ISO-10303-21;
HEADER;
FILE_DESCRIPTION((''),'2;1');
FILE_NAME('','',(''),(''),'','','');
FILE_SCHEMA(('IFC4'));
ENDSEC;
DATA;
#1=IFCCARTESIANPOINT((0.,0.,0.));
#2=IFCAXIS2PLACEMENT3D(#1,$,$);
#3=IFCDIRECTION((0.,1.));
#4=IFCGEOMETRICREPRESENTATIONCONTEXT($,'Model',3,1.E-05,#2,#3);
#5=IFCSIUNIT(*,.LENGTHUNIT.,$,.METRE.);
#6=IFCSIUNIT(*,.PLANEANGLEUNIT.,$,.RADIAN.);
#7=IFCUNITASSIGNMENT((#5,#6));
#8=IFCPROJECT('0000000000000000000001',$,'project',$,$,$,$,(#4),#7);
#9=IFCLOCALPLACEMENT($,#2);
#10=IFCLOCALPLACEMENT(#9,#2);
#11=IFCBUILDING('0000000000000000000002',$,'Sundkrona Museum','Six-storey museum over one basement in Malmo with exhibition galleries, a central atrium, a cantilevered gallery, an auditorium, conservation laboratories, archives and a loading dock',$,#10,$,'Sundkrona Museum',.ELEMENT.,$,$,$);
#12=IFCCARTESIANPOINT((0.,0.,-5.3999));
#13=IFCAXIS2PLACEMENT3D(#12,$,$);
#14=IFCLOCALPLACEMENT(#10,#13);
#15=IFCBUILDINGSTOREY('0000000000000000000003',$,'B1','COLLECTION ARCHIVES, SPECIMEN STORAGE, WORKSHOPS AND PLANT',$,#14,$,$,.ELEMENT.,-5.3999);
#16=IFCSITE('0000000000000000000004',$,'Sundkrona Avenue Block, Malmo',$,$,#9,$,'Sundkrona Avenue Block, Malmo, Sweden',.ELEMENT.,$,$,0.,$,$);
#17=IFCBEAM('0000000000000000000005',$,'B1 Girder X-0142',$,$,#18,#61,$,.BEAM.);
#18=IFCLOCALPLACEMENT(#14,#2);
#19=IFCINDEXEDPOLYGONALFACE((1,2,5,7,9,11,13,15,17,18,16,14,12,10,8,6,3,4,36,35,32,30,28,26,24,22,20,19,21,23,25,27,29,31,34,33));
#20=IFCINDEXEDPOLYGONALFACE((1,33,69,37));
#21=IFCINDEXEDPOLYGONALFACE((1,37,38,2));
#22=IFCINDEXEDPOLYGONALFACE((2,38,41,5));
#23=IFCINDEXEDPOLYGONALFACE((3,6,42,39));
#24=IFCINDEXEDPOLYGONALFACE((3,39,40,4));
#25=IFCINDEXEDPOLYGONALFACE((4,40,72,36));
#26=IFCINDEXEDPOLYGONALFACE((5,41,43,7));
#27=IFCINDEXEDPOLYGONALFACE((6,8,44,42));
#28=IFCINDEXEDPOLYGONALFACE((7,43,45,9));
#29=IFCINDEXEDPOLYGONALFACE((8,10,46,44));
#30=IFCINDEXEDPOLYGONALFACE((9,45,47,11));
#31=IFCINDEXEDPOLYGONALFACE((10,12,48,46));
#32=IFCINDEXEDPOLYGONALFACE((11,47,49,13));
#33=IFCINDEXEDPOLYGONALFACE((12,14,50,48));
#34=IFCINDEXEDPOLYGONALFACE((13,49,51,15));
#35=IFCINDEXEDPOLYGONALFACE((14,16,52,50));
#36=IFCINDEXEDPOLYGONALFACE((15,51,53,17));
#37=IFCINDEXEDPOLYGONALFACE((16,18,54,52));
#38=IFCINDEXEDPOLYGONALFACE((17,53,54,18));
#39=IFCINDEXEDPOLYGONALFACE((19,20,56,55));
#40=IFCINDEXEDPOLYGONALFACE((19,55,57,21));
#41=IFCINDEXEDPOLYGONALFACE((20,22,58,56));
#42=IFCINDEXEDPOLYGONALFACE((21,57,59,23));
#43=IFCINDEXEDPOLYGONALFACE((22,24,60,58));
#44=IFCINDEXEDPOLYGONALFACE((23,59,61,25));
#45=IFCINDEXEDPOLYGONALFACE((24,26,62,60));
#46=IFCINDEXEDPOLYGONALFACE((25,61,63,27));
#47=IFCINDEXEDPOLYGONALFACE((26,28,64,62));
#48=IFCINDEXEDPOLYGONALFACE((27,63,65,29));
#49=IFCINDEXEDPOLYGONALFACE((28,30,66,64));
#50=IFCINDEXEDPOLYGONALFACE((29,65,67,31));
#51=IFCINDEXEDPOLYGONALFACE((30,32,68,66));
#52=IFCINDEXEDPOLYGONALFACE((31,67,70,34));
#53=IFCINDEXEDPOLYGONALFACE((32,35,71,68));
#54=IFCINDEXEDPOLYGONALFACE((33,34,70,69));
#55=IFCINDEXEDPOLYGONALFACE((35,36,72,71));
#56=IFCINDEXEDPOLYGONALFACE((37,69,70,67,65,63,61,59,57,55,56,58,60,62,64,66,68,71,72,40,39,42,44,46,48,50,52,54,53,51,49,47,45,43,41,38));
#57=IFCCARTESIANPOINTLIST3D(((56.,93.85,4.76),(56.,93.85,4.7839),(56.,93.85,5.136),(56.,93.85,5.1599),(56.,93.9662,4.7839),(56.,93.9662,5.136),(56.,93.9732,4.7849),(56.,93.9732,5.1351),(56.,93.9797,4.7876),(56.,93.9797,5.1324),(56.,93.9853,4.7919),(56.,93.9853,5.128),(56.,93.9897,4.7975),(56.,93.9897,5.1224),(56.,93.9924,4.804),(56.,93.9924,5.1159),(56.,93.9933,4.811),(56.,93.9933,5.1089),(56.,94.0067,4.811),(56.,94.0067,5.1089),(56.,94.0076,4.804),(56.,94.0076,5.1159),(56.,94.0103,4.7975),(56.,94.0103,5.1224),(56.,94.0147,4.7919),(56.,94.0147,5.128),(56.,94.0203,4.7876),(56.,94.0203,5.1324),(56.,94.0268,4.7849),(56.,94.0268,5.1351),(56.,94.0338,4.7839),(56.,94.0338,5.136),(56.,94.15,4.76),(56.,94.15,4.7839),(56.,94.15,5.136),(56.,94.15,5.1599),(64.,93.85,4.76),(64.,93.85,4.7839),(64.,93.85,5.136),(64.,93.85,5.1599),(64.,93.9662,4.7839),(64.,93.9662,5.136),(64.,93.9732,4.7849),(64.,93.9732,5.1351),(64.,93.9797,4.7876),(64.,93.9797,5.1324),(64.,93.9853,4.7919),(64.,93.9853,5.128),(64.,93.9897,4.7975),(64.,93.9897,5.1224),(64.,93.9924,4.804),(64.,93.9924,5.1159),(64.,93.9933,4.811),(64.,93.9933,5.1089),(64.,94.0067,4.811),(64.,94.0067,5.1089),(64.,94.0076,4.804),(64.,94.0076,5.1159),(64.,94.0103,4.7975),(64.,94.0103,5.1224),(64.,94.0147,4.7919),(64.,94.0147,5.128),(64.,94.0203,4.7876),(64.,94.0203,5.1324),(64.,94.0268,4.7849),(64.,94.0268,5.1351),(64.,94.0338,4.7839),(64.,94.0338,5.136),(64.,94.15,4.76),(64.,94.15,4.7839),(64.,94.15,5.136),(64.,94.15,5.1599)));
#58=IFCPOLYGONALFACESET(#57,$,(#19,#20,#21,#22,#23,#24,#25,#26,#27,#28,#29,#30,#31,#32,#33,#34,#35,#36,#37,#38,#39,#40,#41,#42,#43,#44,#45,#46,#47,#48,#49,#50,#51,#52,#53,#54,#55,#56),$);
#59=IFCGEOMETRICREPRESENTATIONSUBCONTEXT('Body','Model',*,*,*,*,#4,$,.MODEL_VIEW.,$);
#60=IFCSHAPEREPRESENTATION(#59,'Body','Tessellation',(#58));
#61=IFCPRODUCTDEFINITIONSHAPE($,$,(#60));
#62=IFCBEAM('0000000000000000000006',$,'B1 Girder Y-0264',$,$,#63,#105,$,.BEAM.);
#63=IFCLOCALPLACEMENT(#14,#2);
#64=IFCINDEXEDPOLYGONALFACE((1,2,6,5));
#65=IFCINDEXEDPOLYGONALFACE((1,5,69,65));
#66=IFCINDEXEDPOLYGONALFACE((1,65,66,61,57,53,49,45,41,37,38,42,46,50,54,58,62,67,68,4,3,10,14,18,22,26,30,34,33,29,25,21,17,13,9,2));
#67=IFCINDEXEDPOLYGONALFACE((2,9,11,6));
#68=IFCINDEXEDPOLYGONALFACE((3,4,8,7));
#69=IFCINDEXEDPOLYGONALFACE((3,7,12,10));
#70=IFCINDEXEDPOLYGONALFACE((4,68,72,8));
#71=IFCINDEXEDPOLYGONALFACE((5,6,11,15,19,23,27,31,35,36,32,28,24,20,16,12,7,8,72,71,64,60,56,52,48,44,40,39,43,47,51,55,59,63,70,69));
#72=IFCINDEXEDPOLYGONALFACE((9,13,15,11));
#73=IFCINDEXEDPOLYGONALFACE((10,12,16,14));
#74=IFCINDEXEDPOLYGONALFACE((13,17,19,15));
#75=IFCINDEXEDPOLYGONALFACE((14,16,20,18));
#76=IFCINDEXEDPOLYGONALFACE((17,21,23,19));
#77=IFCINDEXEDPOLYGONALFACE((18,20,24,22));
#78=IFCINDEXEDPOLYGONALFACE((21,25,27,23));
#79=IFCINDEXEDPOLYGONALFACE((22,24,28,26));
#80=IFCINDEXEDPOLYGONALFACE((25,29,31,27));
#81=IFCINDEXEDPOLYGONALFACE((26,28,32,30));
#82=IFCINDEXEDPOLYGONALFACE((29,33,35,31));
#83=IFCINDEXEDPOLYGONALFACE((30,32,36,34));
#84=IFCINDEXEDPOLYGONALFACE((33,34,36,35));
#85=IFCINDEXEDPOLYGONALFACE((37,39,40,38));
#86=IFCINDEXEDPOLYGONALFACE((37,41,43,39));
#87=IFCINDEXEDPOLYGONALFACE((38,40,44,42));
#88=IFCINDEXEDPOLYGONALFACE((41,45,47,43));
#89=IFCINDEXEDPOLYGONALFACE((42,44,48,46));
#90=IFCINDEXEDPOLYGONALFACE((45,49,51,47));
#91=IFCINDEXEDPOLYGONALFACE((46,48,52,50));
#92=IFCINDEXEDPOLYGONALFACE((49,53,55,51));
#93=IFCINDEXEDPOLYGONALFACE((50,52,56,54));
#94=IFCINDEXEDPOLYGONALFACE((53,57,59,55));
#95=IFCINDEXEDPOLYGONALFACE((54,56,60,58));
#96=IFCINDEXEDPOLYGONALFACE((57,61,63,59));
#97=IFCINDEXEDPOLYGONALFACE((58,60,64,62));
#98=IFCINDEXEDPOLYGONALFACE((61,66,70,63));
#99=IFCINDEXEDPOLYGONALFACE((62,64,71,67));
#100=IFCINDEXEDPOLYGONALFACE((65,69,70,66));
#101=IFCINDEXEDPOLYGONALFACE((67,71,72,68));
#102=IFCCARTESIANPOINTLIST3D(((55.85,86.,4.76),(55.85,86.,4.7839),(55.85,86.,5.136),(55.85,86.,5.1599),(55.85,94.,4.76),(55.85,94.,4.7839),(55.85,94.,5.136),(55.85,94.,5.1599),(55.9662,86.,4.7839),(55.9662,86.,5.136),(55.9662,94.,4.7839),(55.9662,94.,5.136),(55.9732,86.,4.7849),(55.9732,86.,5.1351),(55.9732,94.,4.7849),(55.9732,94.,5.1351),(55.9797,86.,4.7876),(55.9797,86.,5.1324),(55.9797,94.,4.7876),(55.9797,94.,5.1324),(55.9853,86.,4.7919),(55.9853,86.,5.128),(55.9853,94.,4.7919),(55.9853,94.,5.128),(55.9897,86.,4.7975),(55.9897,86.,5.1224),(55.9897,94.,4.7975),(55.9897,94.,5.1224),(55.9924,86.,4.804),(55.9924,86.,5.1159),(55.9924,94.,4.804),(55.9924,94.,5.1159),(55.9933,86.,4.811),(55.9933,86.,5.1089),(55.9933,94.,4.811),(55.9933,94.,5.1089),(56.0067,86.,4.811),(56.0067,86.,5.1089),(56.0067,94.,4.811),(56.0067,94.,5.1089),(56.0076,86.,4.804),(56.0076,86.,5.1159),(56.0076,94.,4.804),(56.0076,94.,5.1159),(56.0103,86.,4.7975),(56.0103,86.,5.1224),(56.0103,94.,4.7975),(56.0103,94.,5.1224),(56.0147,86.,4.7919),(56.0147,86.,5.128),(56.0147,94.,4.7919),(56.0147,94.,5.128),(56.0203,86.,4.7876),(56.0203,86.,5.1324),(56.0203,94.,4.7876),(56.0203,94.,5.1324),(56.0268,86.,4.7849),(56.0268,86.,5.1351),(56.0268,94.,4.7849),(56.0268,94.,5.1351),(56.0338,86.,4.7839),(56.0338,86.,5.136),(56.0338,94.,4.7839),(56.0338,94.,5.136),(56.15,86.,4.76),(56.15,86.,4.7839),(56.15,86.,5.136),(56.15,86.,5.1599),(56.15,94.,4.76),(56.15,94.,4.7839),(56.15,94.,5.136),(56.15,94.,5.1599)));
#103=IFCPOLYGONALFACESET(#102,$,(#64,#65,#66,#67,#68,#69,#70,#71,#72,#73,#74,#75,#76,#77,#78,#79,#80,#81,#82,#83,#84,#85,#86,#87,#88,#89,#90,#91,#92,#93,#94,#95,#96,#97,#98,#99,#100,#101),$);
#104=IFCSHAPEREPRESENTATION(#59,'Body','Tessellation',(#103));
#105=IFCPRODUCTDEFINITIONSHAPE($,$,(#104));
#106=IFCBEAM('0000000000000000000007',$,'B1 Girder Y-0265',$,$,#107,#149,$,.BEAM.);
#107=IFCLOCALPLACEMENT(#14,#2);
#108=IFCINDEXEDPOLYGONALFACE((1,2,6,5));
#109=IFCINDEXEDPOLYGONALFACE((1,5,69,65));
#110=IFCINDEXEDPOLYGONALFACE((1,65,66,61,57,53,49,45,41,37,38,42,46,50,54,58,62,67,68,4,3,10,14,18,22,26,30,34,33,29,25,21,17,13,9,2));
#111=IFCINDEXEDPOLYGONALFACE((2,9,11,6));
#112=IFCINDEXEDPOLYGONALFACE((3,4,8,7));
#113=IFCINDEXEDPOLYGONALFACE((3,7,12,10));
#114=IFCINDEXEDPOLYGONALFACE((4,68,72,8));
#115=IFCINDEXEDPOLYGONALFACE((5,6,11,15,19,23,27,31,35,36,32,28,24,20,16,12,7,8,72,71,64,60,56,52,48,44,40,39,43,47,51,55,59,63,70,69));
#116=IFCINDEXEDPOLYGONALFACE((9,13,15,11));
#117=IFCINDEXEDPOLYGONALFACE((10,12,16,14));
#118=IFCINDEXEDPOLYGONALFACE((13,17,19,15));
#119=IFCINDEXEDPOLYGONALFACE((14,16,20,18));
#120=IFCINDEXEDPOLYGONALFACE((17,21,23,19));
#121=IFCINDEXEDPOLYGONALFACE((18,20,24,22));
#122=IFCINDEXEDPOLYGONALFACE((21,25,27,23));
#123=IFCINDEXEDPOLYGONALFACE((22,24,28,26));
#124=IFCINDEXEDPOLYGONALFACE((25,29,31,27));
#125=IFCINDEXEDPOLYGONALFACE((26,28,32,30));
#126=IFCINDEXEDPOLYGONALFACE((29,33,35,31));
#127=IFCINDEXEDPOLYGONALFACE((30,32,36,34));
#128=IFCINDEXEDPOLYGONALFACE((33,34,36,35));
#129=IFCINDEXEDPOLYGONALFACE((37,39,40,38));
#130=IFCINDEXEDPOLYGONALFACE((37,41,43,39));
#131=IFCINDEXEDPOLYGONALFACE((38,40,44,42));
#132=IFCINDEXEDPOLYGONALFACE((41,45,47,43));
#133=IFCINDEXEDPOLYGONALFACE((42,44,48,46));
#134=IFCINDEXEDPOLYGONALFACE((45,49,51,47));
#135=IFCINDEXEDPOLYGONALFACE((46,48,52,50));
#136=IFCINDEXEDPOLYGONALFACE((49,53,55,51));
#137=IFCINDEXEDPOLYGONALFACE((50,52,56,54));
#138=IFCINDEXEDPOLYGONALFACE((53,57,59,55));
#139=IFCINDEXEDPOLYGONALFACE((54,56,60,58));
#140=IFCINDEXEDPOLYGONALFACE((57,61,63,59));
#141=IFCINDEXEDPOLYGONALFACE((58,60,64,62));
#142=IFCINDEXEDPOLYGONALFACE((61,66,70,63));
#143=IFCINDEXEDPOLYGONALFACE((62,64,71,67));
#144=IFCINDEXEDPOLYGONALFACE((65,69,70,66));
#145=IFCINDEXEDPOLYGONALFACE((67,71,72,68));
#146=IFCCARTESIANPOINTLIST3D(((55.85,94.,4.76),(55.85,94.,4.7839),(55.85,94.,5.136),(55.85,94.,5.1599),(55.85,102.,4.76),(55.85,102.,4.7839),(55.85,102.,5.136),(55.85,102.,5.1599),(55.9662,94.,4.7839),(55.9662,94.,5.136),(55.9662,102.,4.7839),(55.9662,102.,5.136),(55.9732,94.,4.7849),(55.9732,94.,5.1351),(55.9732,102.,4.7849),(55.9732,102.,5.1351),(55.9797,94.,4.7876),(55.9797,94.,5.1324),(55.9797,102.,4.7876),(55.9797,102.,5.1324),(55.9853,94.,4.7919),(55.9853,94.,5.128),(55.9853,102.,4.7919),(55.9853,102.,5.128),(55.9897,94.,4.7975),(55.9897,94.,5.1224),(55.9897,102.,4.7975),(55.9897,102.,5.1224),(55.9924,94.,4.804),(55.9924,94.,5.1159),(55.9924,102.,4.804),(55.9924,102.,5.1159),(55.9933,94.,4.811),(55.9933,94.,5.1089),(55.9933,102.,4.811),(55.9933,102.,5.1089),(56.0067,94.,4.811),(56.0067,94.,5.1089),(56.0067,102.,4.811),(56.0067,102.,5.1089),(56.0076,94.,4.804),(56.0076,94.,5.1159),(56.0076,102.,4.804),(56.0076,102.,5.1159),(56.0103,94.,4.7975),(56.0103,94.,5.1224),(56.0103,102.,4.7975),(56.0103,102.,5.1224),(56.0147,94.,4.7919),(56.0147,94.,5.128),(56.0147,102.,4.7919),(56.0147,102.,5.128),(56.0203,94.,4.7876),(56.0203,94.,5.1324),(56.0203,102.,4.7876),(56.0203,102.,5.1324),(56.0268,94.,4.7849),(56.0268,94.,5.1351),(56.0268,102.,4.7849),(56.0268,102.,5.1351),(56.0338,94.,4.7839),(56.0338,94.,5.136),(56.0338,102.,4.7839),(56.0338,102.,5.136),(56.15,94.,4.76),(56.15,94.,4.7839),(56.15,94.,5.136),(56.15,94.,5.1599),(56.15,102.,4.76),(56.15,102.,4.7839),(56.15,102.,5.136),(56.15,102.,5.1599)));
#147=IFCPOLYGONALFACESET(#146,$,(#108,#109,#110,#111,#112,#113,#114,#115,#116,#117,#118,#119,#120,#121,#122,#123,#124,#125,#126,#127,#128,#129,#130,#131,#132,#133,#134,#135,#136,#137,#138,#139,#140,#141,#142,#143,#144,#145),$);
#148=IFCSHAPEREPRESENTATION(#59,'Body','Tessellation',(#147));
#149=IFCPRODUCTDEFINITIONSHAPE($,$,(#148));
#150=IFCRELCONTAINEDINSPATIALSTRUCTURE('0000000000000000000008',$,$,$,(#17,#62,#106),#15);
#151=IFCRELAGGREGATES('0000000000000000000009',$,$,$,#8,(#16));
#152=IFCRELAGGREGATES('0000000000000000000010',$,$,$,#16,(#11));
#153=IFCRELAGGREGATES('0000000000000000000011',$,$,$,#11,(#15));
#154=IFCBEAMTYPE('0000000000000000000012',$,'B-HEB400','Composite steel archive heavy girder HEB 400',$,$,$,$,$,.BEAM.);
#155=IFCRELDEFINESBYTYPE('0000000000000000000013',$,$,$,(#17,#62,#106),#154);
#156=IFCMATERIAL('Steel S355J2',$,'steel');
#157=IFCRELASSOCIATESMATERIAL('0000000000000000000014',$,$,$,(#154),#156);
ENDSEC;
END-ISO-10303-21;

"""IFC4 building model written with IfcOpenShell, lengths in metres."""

from ifc_helpers import new_model, si_unit, direction, frame, origin, origin_2d, place, context, subcontext, project, spatial, i_section, extrude, material, material_profile, profile_set, type_object, element, save


model = new_model("IFC4")

# Units and contexts
model_context = context("Model", 3, precision=1e-05, world=origin(), true_north=direction((0.0, 1.0)))
body_context = subcontext(model_context, "Body", "Model", "MODEL_VIEW")
ifc_project = project(units=[si_unit("LENGTHUNIT", "METRE"), si_unit("PLANEANGLEUNIT", "RADIAN")], contexts=[model_context])

# Site, building, storey
site_placement = place(None, origin())
site = spatial("IfcSite", under=ifc_project, at=site_placement, Name="Sundkrona Avenue Block, Malmo", LongName="Sundkrona Avenue Block, Malmo, Sweden", CompositionType="ELEMENT", RefElevation=0.0)
building_placement = place(site_placement, origin())
building = spatial("IfcBuilding", under=site, at=building_placement, Name="Sundkrona Museum", Description="Six-storey museum over one basement in Malmo with exhibition galleries, a central atrium, a cantilevered gallery, an auditorium, conservation laboratories, archives and a loading dock", LongName="Sundkrona Museum", CompositionType="ELEMENT")
storey_placement = place(building_placement, frame((0.0, 0.0, -5.3999)))
storey = spatial("IfcBuildingStorey", under=building, at=storey_placement, Name="B1", Description="COLLECTION ARCHIVES, SPECIMEN STORAGE, WORKSHOPS AND PLANT", CompositionType="ELEMENT", Elevation=-5.3999)

# Shared definitions
ifc_material_1 = material(Name="Steel S355J2", Category="steel")

# Beams
ifc_material_profile_1 = material_profile(ifc_material_1, i_section(OverallWidth=0.3, OverallDepth=0.3999, WebThickness=0.0134, FlangeThickness=0.0239, FilletRadius=0.0271, at=origin_2d()), Name="HEB 400")
ifc_profile_set_1 = profile_set([ifc_material_profile_1], Name="Steel S355J2")
beam_type = type_object("IfcBeamType", Name="B-HEB400", Description="Composite steel archive heavy girder HEB 400", PredefinedType="BEAM", material=ifc_profile_set_1)
for number, where, z_axis, x_axis, name in (
    (1, (56.0, 94.0, 4.96), (1.0, 0.0, 0.0), (0.0, 1.0, 0.0), "B1 Girder X-0142"),
    (2, (56.0, 86.0, 4.96), (0.0, 1.0, 0.0), (-1.0, 0.0, 0.0), "B1 Girder Y-0264"),
    (3, (56.0, 94.0, 4.96), (0.0, 1.0, 0.0), (-1.0, 0.0, 0.0), "B1 Girder Y-0265"),
):
    element("IfcBeam", number, at=place(storey_placement, frame(where, z_axis=z_axis, x_axis=x_axis)), inside=storey, type_object=beam_type, Name=name, PredefinedType="BEAM", context=body_context, shape_type="SweptSolid", body=[
        extrude(i_section(OverallWidth=0.3, OverallDepth=0.3999, WebThickness=0.0134, FlangeThickness=0.0239, FilletRadius=0.0271, at=origin_2d()), origin(), (0.0, 0.0, 1.0), 8.0),
    ])

save(model, "model.ifc")
